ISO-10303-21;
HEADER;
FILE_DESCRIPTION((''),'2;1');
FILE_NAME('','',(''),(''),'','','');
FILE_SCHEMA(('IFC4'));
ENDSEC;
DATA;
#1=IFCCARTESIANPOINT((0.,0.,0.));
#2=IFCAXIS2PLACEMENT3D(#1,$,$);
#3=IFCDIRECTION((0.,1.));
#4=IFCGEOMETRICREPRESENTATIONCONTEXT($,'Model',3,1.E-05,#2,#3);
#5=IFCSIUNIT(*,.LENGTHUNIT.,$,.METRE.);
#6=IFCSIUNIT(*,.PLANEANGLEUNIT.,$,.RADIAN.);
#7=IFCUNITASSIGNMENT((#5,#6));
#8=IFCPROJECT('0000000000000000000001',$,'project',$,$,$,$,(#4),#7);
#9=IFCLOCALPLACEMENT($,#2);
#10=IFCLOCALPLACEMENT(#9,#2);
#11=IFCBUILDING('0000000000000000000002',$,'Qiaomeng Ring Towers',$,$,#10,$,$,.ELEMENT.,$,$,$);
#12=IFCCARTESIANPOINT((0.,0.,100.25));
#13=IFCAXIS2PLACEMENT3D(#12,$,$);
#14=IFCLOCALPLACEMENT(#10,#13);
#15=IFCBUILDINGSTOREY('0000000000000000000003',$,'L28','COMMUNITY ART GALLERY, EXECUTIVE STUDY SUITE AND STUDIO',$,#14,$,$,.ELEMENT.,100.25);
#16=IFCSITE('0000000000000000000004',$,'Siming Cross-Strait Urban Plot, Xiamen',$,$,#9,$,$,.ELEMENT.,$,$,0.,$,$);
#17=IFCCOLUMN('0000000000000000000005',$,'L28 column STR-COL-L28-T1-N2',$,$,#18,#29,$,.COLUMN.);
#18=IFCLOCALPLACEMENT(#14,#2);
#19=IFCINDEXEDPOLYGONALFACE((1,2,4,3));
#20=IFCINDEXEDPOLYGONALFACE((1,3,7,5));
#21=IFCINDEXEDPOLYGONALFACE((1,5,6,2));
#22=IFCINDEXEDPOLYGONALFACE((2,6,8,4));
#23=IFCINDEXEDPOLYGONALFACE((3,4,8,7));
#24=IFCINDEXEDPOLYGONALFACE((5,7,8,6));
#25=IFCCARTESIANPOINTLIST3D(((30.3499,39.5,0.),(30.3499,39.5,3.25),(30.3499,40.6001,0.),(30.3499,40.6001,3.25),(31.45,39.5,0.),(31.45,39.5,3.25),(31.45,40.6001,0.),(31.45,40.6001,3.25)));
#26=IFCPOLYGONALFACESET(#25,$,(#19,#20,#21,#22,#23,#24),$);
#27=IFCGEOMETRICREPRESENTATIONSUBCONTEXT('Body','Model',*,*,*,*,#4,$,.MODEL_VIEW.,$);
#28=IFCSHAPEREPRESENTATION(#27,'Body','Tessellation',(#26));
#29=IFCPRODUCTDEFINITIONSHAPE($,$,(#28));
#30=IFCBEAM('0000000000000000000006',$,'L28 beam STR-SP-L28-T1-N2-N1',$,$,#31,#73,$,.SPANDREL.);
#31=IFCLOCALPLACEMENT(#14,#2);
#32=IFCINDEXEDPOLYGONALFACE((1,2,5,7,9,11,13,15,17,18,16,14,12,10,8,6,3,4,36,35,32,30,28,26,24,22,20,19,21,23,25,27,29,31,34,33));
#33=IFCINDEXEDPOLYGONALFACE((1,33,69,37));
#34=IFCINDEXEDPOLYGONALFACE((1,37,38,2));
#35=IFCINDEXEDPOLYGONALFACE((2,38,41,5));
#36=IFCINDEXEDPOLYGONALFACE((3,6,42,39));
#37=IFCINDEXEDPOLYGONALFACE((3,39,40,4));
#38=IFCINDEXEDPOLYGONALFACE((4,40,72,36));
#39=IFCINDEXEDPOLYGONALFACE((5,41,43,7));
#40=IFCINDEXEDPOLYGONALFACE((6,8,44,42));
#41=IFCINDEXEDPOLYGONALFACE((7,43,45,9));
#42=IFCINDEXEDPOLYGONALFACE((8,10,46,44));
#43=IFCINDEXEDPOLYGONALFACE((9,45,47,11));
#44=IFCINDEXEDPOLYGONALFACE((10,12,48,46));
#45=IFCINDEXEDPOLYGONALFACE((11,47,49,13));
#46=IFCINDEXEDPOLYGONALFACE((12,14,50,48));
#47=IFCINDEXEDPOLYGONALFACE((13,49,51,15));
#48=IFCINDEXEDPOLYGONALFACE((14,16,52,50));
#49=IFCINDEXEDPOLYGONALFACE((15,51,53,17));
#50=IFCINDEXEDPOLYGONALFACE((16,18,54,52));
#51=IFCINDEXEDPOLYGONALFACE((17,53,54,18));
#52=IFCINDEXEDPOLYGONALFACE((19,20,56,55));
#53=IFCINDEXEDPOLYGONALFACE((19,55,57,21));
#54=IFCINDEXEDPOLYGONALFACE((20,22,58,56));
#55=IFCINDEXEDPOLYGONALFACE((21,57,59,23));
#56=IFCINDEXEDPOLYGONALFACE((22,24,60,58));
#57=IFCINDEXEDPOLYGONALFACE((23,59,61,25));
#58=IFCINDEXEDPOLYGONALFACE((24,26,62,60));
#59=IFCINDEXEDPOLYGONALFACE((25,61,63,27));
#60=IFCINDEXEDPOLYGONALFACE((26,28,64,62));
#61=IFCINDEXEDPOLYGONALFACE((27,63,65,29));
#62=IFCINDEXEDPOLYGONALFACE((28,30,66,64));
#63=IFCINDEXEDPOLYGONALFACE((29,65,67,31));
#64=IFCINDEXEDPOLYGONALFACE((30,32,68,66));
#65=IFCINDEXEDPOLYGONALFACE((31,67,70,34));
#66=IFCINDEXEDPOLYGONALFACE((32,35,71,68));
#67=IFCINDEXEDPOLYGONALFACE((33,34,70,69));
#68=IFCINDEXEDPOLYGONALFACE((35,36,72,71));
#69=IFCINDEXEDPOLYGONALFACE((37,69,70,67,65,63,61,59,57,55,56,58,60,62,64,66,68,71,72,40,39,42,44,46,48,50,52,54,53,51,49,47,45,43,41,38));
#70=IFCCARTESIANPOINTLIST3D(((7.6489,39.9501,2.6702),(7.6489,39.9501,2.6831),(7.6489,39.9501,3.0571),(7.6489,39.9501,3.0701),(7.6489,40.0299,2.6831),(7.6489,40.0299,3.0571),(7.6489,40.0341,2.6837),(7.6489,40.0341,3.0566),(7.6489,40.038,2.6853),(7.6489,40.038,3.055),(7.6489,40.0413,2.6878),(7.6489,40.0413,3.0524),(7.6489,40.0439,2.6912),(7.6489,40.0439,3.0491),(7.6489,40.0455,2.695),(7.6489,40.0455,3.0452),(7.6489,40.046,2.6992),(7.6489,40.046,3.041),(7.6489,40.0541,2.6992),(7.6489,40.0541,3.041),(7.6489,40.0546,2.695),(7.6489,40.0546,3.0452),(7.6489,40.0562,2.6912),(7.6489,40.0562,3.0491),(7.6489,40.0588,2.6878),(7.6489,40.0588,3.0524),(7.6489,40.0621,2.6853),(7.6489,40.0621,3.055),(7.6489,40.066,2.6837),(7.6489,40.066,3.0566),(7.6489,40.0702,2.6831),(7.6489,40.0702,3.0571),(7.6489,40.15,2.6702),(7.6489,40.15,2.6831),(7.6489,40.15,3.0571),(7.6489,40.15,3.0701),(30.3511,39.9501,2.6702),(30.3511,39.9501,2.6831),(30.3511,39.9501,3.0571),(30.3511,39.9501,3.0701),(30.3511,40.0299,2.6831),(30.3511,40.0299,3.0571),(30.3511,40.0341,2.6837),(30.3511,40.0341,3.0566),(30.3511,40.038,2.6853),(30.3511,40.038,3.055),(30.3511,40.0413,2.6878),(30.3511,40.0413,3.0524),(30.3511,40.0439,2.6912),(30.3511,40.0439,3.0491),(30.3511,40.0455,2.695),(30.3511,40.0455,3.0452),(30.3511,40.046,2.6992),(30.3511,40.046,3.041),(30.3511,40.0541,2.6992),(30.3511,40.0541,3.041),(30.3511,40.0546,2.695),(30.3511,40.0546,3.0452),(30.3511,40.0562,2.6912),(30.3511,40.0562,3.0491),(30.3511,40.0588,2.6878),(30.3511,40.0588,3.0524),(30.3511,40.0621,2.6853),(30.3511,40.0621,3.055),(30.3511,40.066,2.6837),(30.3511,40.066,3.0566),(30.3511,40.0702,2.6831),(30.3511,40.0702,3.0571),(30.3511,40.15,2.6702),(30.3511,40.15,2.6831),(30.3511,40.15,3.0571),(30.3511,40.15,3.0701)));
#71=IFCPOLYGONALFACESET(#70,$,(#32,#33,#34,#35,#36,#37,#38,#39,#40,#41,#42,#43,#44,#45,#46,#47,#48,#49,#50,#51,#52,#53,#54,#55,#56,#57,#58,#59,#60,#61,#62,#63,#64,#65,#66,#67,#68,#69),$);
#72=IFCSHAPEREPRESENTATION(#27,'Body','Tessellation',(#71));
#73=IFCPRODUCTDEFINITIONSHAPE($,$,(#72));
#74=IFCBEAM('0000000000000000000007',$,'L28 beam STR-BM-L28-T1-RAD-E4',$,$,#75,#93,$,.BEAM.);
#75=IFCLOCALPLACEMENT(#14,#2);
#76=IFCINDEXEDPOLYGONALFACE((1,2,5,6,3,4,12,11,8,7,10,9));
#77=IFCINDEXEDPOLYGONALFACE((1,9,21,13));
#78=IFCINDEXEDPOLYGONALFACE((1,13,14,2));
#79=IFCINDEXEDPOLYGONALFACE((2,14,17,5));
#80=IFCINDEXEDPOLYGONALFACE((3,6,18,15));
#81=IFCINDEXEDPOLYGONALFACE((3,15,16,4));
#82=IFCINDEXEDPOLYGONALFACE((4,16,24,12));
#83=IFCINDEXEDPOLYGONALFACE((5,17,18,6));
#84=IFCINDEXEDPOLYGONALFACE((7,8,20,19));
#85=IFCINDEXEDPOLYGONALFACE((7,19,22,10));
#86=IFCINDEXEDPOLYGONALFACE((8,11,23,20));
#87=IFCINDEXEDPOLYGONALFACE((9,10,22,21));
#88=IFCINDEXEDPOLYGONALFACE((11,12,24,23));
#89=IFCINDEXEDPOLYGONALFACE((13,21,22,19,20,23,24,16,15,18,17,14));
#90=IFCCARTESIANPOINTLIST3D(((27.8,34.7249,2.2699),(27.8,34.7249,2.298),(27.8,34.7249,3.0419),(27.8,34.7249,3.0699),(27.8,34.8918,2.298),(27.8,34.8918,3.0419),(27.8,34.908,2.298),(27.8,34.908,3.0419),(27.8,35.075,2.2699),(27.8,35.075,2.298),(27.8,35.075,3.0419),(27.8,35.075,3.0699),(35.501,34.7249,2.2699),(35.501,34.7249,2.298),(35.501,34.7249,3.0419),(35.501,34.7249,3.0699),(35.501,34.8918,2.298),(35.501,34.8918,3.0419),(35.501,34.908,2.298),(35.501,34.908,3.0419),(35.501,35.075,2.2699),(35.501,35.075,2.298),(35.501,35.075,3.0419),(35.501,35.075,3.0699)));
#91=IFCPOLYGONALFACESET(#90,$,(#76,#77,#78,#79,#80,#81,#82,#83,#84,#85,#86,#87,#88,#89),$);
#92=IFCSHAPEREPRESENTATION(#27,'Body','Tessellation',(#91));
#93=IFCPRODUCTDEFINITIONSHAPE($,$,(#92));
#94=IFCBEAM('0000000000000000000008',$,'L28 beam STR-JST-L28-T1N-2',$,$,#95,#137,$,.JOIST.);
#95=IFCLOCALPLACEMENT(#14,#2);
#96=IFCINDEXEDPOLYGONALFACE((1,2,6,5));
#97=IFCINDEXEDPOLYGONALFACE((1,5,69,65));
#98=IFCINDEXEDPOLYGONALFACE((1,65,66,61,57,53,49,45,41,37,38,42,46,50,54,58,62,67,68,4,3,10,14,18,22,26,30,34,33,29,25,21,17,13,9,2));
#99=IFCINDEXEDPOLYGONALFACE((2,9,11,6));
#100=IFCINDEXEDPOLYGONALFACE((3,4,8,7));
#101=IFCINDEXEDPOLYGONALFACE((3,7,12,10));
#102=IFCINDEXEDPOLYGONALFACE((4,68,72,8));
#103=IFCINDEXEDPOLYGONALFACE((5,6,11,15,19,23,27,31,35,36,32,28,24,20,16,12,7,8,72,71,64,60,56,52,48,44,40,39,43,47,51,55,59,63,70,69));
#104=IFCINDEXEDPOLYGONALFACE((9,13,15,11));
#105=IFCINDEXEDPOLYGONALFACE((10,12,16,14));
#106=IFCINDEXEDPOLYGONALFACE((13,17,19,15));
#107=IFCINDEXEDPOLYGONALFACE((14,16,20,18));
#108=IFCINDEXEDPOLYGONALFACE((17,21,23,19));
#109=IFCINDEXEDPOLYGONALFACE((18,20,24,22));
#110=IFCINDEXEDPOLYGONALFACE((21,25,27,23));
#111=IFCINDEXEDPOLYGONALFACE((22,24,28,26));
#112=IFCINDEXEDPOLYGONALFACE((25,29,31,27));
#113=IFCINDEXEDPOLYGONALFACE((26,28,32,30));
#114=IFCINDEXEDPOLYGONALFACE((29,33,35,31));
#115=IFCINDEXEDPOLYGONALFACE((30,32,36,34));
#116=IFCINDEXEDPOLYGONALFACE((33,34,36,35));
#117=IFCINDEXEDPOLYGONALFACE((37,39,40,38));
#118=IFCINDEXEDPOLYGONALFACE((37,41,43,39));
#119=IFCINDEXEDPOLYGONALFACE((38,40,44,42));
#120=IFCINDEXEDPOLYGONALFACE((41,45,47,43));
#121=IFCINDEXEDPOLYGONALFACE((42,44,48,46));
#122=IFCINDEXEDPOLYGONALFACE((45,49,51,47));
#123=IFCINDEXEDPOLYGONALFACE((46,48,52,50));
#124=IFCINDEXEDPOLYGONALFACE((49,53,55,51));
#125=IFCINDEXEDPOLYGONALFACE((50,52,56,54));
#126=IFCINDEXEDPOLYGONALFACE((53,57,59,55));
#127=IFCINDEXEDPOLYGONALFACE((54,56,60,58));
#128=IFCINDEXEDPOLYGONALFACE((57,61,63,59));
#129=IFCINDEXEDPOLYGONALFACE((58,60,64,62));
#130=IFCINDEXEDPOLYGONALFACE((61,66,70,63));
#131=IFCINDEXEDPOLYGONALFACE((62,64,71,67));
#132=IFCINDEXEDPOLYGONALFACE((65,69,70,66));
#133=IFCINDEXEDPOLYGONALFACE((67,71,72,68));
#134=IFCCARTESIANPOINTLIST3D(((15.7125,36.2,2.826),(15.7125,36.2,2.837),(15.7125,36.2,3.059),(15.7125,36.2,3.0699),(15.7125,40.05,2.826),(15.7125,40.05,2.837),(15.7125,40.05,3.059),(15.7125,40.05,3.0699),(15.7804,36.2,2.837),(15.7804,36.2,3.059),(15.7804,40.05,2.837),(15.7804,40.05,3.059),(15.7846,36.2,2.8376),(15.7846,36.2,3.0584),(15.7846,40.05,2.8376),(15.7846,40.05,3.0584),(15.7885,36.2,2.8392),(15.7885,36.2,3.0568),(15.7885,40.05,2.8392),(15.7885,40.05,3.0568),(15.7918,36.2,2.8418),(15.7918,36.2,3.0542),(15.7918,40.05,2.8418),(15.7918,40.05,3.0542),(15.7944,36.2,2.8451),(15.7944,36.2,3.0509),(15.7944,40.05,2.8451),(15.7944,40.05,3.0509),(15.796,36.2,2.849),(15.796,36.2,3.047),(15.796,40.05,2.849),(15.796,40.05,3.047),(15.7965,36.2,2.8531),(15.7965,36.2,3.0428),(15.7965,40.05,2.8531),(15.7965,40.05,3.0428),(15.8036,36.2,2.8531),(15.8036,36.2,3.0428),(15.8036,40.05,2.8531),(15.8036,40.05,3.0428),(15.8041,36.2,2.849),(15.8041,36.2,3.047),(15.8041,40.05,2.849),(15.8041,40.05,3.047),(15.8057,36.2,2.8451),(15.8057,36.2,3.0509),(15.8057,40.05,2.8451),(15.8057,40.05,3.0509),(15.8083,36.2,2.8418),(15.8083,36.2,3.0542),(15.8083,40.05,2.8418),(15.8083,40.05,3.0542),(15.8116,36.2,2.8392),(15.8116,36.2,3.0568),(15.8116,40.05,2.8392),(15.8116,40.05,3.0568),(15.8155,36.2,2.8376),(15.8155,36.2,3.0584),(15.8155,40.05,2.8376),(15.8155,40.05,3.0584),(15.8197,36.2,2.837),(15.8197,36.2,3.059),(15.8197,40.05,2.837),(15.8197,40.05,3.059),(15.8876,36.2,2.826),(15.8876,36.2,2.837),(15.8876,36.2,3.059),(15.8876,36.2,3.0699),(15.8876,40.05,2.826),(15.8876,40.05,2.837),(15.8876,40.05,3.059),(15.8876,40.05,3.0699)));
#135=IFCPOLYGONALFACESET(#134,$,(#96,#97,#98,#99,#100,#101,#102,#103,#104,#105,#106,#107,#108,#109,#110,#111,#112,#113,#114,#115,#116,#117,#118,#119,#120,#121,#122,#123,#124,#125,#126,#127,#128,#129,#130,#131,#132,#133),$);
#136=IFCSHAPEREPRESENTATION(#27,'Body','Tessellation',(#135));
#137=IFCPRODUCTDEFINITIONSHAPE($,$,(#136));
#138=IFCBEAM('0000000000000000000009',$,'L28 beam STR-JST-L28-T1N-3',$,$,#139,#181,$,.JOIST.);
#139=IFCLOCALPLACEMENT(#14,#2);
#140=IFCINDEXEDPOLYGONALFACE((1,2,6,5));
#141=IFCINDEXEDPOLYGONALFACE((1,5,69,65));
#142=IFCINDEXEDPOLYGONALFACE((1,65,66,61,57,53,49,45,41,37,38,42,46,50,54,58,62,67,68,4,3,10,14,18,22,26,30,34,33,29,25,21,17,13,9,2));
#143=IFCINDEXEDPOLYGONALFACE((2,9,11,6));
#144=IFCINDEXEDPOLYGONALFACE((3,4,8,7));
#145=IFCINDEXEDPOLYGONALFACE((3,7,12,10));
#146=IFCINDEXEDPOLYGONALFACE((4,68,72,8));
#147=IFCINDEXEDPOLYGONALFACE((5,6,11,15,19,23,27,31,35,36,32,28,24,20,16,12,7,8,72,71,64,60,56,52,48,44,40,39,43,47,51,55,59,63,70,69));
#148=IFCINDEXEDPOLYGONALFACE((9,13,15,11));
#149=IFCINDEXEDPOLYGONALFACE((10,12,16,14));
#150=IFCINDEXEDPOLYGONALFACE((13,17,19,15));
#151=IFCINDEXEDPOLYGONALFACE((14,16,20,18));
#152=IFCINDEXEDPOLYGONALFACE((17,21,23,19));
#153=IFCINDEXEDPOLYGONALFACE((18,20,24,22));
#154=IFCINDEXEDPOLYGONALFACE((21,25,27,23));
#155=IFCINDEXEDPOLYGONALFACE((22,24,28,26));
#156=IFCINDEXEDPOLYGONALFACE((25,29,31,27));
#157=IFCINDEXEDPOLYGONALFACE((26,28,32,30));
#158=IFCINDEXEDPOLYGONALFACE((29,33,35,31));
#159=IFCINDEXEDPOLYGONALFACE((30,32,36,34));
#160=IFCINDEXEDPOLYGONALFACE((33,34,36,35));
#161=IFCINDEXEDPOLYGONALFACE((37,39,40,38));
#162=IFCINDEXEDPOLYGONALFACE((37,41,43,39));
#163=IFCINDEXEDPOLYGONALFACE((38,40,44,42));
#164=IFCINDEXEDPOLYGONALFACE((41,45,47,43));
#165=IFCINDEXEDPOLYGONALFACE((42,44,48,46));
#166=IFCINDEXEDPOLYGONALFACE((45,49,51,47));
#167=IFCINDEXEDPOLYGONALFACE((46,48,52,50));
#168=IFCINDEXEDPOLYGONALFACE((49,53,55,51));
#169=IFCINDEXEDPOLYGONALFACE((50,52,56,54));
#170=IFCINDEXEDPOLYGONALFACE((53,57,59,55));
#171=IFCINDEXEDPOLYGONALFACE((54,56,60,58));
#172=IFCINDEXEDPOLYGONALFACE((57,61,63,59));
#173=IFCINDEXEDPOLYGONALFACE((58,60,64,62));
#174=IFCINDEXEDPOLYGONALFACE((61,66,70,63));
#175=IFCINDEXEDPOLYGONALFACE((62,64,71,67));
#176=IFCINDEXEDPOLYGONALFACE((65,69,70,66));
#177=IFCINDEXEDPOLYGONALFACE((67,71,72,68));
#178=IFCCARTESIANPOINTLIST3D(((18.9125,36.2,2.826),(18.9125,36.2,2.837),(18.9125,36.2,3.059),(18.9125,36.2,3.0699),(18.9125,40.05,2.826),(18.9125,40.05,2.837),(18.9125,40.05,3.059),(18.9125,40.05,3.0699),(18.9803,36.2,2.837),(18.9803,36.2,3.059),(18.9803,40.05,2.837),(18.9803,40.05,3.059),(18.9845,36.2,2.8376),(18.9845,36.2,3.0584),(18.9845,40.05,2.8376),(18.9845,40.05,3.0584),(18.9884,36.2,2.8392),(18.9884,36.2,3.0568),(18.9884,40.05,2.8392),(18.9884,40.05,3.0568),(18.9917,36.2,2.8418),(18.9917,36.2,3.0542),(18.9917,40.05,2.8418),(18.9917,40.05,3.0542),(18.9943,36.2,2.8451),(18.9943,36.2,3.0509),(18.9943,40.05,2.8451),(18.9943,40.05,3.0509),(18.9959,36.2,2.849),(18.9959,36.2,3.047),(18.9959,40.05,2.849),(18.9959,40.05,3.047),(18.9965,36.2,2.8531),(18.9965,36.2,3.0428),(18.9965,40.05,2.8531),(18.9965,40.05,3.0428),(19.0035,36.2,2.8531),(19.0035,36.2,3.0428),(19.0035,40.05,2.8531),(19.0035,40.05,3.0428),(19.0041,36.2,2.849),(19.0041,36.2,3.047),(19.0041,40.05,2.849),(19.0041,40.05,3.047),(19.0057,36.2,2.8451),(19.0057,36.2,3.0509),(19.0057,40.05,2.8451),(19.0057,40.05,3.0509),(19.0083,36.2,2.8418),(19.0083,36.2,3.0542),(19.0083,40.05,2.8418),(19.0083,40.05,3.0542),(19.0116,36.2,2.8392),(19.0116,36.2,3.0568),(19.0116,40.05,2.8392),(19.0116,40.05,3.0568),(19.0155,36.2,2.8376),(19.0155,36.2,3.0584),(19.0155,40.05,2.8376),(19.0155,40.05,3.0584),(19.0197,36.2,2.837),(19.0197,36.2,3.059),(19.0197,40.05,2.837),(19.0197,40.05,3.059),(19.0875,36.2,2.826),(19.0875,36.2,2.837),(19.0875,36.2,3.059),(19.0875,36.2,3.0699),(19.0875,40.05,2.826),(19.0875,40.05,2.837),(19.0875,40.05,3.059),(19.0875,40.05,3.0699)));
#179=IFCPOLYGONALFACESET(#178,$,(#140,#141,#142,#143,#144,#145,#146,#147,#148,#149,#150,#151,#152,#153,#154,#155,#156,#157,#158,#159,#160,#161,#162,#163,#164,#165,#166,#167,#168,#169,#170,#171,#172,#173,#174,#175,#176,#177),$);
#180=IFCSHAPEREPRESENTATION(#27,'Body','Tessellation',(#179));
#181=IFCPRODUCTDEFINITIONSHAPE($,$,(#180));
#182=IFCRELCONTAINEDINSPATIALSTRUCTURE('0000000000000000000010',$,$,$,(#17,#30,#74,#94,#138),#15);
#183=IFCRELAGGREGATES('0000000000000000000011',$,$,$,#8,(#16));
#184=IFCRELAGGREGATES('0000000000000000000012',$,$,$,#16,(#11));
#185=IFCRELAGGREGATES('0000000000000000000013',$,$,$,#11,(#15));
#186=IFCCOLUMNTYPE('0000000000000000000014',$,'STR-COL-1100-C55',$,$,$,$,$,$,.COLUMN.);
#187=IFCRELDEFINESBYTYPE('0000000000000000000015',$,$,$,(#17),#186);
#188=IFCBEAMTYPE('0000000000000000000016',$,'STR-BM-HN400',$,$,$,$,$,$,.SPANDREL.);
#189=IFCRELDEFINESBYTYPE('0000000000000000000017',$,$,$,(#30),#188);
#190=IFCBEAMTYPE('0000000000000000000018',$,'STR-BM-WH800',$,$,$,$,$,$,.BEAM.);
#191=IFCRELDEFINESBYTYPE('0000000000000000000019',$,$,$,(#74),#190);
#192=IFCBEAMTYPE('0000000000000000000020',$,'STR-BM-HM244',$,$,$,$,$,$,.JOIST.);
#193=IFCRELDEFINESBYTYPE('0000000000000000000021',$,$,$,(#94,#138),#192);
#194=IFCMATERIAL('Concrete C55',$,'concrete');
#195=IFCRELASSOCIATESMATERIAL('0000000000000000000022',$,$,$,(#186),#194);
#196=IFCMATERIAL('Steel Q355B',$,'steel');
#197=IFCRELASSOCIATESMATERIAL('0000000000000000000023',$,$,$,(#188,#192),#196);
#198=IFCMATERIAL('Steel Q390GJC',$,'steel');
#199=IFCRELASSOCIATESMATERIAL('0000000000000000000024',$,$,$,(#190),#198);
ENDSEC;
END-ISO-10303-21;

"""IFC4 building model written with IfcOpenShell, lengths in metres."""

from ifc_helpers import new_model, si_unit, direction, frame, origin, origin_2d, place, context, subcontext, project, spatial, rectangle, i_section, extrude, source, transform, mapped, material, material_profile, profile_set, type_object, element, save


model = new_model("IFC4")

# Units and contexts
model_context = context("Model", 3, precision=1e-05, world=origin(), true_north=direction((0.0, 1.0)))
body_context = subcontext(model_context, "Body", "Model", "MODEL_VIEW")
ifc_project = project(units=[si_unit("LENGTHUNIT", "METRE"), si_unit("PLANEANGLEUNIT", "RADIAN")], contexts=[model_context])

# Site, building, storey
site_placement = place(None, origin())
site = spatial("IfcSite", under=ifc_project, at=site_placement, Name="Siming Cross-Strait Urban Plot, Xiamen", CompositionType="ELEMENT", RefElevation=0.0)
building_placement = place(site_placement, origin())
building = spatial("IfcBuilding", under=site, at=building_placement, Name="Qiaomeng Ring Towers", CompositionType="ELEMENT")
storey_placement = place(building_placement, frame((0.0, 0.0, 100.25)))
storey = spatial("IfcBuildingStorey", under=building, at=storey_placement, Name="L28", Description="COMMUNITY ART GALLERY, EXECUTIVE STUDY SUITE AND STUDIO", CompositionType="ELEMENT", Elevation=100.25)

# Column
ifc_material_1 = material(Name="Concrete C55", Category="concrete")
ifc_material_profile_1 = material_profile(ifc_material_1, rectangle(XDim=1.1001, YDim=1.1001, at=origin_2d()), Name="RC COL 1100x1100")
ifc_profile_set_1 = profile_set([ifc_material_profile_1], Name="Concrete C55")
column_type = type_object("IfcColumnType", Name="STR-COL-1100-C55", PredefinedType="COLUMN", material=ifc_profile_set_1)
shared_shape_1 = source(origin(), body_context, "Body", "SweptSolid", [
    extrude(rectangle(XDim=1.1001, YDim=1.1001, at=origin_2d()), origin(), (0.0, 0.0, 1.0), 3.25),
])
column_placement = place(storey_placement, frame((30.8999, 40.05, 0.0), z_axis=(0.0, 0.0, 1.0), x_axis=(1.0, 0.0, 0.0)))
element("IfcColumn", 1, at=column_placement, inside=storey, type_object=column_type, Name="L28 column STR-COL-L28-T1-N2", PredefinedType="COLUMN", context=body_context, shape_type="MappedRepresentation", body=[
    mapped(shared_shape_1, transform((0.0, 0.0, 0.0), x_axis=(1.0, 0.0, 0.0), y_axis=(0.0, 1.0, 0.0), z_axis=(0.0, 0.0, 1.0), scale=1.0)),
])

# Beams
ifc_material_2 = material(Name="Steel Q355B", Category="steel")
ifc_material_profile_2 = material_profile(ifc_material_2, i_section(OverallWidth=0.2, OverallDepth=0.3999, WebThickness=0.0081, FlangeThickness=0.0129, FilletRadius=0.0161, at=origin_2d()), Name="HN 400x200x8x13")
ifc_profile_set_2 = profile_set([ifc_material_profile_2], Name="Steel Q355B")
beam_type_1 = type_object("IfcBeamType", Name="STR-BM-HN400", PredefinedType="SPANDREL", material=ifc_profile_set_2)
shared_shape_2 = source(origin(), body_context, "Body", "SweptSolid", [
    extrude(i_section(OverallWidth=0.2, OverallDepth=0.3999, WebThickness=0.0081, FlangeThickness=0.0129, FilletRadius=0.0161, at=origin_2d()), origin(), (0.0, 0.0, 1.0), 22.7021),
])
beam_1_placement = place(storey_placement, frame((30.3511, 40.05, 2.8701), z_axis=(-1.0, 0.0, 0.0), x_axis=(0.0, -1.0, 0.0)))
element("IfcBeam", 2, at=beam_1_placement, inside=storey, type_object=beam_type_1, Name="L28 beam STR-SP-L28-T1-N2-N1", PredefinedType="SPANDREL", context=body_context, shape_type="MappedRepresentation", body=[
    mapped(shared_shape_2, transform((0.0, 0.0, 0.0), x_axis=(1.0, 0.0, 0.0), y_axis=(0.0, 1.0, 0.0), z_axis=(0.0, 0.0, 1.0), scale=1.0)),
])
ifc_material_3 = material(Name="Steel Q390GJC", Category="steel")
ifc_material_profile_3 = material_profile(ifc_material_3, i_section(OverallWidth=0.3501, OverallDepth=0.8, WebThickness=0.0161, FlangeThickness=0.0281, at=origin_2d()), Name="WH 800x350x16x28")
ifc_profile_set_3 = profile_set([ifc_material_profile_3], Name="Steel Q390GJC")
beam_type_2 = type_object("IfcBeamType", Name="STR-BM-WH800", PredefinedType="BEAM", material=ifc_profile_set_3)
shared_shape_3 = source(origin(), body_context, "Body", "SweptSolid", [
    extrude(i_section(OverallWidth=0.3501, OverallDepth=0.8, WebThickness=0.0161, FlangeThickness=0.0281, at=origin_2d()), origin(), (0.0, 0.0, 1.0), 7.7009),
])
beam_2_placement = place(storey_placement, frame((27.8, 34.8999, 2.6699), z_axis=(1.0, 0.0, 0.0), x_axis=(0.0, 1.0, 0.0)))
element("IfcBeam", 3, at=beam_2_placement, inside=storey, type_object=beam_type_2, Name="L28 beam STR-BM-L28-T1-RAD-E4", PredefinedType="BEAM", context=body_context, shape_type="MappedRepresentation", body=[
    mapped(shared_shape_3, transform((0.0, 0.0, 0.0), x_axis=(1.0, 0.0, 0.0), y_axis=(0.0, 1.0, 0.0), z_axis=(0.0, 0.0, 1.0), scale=1.0)),
])
ifc_material_profile_4 = material_profile(ifc_material_2, i_section(OverallWidth=0.175, OverallDepth=0.2439, WebThickness=0.0071, FlangeThickness=0.011, FilletRadius=0.0161, at=origin_2d()), Name="HM 244x175x7x11")
ifc_profile_set_4 = profile_set([ifc_material_profile_4], Name="Steel Q355B")
beam_type_3 = type_object("IfcBeamType", Name="STR-BM-HM244", PredefinedType="JOIST", material=ifc_profile_set_4)
shared_shape_4 = source(origin(), body_context, "Body", "SweptSolid", [
    extrude(i_section(OverallWidth=0.175, OverallDepth=0.2439, WebThickness=0.0071, FlangeThickness=0.011, FilletRadius=0.0161, at=origin_2d()), origin(), (0.0, 0.0, 1.0), 3.8501),
])
for number, where, z_axis, x_axis, name in (
    (4, (15.8, 36.2, 2.948), (0.0, 1.0, 0.0), (-1.0, 0.0, 0.0), "L28 beam STR-JST-L28-T1N-2"),
    (5, (19.0, 36.2, 2.948), (0.0, 1.0, 0.0), (-1.0, 0.0, 0.0), "L28 beam STR-JST-L28-T1N-3"),
):
    element("IfcBeam", number, at=place(storey_placement, frame(where, z_axis=z_axis, x_axis=x_axis)), inside=storey, type_object=beam_type_3, Name=name, PredefinedType="JOIST", context=body_context, shape_type="MappedRepresentation", body=[
        mapped(shared_shape_4, transform((0.0, 0.0, 0.0), x_axis=(1.0, 0.0, 0.0), y_axis=(0.0, 1.0, 0.0), z_axis=(0.0, 0.0, 1.0), scale=1.0)),
    ])

save(model, "model.ifc")
